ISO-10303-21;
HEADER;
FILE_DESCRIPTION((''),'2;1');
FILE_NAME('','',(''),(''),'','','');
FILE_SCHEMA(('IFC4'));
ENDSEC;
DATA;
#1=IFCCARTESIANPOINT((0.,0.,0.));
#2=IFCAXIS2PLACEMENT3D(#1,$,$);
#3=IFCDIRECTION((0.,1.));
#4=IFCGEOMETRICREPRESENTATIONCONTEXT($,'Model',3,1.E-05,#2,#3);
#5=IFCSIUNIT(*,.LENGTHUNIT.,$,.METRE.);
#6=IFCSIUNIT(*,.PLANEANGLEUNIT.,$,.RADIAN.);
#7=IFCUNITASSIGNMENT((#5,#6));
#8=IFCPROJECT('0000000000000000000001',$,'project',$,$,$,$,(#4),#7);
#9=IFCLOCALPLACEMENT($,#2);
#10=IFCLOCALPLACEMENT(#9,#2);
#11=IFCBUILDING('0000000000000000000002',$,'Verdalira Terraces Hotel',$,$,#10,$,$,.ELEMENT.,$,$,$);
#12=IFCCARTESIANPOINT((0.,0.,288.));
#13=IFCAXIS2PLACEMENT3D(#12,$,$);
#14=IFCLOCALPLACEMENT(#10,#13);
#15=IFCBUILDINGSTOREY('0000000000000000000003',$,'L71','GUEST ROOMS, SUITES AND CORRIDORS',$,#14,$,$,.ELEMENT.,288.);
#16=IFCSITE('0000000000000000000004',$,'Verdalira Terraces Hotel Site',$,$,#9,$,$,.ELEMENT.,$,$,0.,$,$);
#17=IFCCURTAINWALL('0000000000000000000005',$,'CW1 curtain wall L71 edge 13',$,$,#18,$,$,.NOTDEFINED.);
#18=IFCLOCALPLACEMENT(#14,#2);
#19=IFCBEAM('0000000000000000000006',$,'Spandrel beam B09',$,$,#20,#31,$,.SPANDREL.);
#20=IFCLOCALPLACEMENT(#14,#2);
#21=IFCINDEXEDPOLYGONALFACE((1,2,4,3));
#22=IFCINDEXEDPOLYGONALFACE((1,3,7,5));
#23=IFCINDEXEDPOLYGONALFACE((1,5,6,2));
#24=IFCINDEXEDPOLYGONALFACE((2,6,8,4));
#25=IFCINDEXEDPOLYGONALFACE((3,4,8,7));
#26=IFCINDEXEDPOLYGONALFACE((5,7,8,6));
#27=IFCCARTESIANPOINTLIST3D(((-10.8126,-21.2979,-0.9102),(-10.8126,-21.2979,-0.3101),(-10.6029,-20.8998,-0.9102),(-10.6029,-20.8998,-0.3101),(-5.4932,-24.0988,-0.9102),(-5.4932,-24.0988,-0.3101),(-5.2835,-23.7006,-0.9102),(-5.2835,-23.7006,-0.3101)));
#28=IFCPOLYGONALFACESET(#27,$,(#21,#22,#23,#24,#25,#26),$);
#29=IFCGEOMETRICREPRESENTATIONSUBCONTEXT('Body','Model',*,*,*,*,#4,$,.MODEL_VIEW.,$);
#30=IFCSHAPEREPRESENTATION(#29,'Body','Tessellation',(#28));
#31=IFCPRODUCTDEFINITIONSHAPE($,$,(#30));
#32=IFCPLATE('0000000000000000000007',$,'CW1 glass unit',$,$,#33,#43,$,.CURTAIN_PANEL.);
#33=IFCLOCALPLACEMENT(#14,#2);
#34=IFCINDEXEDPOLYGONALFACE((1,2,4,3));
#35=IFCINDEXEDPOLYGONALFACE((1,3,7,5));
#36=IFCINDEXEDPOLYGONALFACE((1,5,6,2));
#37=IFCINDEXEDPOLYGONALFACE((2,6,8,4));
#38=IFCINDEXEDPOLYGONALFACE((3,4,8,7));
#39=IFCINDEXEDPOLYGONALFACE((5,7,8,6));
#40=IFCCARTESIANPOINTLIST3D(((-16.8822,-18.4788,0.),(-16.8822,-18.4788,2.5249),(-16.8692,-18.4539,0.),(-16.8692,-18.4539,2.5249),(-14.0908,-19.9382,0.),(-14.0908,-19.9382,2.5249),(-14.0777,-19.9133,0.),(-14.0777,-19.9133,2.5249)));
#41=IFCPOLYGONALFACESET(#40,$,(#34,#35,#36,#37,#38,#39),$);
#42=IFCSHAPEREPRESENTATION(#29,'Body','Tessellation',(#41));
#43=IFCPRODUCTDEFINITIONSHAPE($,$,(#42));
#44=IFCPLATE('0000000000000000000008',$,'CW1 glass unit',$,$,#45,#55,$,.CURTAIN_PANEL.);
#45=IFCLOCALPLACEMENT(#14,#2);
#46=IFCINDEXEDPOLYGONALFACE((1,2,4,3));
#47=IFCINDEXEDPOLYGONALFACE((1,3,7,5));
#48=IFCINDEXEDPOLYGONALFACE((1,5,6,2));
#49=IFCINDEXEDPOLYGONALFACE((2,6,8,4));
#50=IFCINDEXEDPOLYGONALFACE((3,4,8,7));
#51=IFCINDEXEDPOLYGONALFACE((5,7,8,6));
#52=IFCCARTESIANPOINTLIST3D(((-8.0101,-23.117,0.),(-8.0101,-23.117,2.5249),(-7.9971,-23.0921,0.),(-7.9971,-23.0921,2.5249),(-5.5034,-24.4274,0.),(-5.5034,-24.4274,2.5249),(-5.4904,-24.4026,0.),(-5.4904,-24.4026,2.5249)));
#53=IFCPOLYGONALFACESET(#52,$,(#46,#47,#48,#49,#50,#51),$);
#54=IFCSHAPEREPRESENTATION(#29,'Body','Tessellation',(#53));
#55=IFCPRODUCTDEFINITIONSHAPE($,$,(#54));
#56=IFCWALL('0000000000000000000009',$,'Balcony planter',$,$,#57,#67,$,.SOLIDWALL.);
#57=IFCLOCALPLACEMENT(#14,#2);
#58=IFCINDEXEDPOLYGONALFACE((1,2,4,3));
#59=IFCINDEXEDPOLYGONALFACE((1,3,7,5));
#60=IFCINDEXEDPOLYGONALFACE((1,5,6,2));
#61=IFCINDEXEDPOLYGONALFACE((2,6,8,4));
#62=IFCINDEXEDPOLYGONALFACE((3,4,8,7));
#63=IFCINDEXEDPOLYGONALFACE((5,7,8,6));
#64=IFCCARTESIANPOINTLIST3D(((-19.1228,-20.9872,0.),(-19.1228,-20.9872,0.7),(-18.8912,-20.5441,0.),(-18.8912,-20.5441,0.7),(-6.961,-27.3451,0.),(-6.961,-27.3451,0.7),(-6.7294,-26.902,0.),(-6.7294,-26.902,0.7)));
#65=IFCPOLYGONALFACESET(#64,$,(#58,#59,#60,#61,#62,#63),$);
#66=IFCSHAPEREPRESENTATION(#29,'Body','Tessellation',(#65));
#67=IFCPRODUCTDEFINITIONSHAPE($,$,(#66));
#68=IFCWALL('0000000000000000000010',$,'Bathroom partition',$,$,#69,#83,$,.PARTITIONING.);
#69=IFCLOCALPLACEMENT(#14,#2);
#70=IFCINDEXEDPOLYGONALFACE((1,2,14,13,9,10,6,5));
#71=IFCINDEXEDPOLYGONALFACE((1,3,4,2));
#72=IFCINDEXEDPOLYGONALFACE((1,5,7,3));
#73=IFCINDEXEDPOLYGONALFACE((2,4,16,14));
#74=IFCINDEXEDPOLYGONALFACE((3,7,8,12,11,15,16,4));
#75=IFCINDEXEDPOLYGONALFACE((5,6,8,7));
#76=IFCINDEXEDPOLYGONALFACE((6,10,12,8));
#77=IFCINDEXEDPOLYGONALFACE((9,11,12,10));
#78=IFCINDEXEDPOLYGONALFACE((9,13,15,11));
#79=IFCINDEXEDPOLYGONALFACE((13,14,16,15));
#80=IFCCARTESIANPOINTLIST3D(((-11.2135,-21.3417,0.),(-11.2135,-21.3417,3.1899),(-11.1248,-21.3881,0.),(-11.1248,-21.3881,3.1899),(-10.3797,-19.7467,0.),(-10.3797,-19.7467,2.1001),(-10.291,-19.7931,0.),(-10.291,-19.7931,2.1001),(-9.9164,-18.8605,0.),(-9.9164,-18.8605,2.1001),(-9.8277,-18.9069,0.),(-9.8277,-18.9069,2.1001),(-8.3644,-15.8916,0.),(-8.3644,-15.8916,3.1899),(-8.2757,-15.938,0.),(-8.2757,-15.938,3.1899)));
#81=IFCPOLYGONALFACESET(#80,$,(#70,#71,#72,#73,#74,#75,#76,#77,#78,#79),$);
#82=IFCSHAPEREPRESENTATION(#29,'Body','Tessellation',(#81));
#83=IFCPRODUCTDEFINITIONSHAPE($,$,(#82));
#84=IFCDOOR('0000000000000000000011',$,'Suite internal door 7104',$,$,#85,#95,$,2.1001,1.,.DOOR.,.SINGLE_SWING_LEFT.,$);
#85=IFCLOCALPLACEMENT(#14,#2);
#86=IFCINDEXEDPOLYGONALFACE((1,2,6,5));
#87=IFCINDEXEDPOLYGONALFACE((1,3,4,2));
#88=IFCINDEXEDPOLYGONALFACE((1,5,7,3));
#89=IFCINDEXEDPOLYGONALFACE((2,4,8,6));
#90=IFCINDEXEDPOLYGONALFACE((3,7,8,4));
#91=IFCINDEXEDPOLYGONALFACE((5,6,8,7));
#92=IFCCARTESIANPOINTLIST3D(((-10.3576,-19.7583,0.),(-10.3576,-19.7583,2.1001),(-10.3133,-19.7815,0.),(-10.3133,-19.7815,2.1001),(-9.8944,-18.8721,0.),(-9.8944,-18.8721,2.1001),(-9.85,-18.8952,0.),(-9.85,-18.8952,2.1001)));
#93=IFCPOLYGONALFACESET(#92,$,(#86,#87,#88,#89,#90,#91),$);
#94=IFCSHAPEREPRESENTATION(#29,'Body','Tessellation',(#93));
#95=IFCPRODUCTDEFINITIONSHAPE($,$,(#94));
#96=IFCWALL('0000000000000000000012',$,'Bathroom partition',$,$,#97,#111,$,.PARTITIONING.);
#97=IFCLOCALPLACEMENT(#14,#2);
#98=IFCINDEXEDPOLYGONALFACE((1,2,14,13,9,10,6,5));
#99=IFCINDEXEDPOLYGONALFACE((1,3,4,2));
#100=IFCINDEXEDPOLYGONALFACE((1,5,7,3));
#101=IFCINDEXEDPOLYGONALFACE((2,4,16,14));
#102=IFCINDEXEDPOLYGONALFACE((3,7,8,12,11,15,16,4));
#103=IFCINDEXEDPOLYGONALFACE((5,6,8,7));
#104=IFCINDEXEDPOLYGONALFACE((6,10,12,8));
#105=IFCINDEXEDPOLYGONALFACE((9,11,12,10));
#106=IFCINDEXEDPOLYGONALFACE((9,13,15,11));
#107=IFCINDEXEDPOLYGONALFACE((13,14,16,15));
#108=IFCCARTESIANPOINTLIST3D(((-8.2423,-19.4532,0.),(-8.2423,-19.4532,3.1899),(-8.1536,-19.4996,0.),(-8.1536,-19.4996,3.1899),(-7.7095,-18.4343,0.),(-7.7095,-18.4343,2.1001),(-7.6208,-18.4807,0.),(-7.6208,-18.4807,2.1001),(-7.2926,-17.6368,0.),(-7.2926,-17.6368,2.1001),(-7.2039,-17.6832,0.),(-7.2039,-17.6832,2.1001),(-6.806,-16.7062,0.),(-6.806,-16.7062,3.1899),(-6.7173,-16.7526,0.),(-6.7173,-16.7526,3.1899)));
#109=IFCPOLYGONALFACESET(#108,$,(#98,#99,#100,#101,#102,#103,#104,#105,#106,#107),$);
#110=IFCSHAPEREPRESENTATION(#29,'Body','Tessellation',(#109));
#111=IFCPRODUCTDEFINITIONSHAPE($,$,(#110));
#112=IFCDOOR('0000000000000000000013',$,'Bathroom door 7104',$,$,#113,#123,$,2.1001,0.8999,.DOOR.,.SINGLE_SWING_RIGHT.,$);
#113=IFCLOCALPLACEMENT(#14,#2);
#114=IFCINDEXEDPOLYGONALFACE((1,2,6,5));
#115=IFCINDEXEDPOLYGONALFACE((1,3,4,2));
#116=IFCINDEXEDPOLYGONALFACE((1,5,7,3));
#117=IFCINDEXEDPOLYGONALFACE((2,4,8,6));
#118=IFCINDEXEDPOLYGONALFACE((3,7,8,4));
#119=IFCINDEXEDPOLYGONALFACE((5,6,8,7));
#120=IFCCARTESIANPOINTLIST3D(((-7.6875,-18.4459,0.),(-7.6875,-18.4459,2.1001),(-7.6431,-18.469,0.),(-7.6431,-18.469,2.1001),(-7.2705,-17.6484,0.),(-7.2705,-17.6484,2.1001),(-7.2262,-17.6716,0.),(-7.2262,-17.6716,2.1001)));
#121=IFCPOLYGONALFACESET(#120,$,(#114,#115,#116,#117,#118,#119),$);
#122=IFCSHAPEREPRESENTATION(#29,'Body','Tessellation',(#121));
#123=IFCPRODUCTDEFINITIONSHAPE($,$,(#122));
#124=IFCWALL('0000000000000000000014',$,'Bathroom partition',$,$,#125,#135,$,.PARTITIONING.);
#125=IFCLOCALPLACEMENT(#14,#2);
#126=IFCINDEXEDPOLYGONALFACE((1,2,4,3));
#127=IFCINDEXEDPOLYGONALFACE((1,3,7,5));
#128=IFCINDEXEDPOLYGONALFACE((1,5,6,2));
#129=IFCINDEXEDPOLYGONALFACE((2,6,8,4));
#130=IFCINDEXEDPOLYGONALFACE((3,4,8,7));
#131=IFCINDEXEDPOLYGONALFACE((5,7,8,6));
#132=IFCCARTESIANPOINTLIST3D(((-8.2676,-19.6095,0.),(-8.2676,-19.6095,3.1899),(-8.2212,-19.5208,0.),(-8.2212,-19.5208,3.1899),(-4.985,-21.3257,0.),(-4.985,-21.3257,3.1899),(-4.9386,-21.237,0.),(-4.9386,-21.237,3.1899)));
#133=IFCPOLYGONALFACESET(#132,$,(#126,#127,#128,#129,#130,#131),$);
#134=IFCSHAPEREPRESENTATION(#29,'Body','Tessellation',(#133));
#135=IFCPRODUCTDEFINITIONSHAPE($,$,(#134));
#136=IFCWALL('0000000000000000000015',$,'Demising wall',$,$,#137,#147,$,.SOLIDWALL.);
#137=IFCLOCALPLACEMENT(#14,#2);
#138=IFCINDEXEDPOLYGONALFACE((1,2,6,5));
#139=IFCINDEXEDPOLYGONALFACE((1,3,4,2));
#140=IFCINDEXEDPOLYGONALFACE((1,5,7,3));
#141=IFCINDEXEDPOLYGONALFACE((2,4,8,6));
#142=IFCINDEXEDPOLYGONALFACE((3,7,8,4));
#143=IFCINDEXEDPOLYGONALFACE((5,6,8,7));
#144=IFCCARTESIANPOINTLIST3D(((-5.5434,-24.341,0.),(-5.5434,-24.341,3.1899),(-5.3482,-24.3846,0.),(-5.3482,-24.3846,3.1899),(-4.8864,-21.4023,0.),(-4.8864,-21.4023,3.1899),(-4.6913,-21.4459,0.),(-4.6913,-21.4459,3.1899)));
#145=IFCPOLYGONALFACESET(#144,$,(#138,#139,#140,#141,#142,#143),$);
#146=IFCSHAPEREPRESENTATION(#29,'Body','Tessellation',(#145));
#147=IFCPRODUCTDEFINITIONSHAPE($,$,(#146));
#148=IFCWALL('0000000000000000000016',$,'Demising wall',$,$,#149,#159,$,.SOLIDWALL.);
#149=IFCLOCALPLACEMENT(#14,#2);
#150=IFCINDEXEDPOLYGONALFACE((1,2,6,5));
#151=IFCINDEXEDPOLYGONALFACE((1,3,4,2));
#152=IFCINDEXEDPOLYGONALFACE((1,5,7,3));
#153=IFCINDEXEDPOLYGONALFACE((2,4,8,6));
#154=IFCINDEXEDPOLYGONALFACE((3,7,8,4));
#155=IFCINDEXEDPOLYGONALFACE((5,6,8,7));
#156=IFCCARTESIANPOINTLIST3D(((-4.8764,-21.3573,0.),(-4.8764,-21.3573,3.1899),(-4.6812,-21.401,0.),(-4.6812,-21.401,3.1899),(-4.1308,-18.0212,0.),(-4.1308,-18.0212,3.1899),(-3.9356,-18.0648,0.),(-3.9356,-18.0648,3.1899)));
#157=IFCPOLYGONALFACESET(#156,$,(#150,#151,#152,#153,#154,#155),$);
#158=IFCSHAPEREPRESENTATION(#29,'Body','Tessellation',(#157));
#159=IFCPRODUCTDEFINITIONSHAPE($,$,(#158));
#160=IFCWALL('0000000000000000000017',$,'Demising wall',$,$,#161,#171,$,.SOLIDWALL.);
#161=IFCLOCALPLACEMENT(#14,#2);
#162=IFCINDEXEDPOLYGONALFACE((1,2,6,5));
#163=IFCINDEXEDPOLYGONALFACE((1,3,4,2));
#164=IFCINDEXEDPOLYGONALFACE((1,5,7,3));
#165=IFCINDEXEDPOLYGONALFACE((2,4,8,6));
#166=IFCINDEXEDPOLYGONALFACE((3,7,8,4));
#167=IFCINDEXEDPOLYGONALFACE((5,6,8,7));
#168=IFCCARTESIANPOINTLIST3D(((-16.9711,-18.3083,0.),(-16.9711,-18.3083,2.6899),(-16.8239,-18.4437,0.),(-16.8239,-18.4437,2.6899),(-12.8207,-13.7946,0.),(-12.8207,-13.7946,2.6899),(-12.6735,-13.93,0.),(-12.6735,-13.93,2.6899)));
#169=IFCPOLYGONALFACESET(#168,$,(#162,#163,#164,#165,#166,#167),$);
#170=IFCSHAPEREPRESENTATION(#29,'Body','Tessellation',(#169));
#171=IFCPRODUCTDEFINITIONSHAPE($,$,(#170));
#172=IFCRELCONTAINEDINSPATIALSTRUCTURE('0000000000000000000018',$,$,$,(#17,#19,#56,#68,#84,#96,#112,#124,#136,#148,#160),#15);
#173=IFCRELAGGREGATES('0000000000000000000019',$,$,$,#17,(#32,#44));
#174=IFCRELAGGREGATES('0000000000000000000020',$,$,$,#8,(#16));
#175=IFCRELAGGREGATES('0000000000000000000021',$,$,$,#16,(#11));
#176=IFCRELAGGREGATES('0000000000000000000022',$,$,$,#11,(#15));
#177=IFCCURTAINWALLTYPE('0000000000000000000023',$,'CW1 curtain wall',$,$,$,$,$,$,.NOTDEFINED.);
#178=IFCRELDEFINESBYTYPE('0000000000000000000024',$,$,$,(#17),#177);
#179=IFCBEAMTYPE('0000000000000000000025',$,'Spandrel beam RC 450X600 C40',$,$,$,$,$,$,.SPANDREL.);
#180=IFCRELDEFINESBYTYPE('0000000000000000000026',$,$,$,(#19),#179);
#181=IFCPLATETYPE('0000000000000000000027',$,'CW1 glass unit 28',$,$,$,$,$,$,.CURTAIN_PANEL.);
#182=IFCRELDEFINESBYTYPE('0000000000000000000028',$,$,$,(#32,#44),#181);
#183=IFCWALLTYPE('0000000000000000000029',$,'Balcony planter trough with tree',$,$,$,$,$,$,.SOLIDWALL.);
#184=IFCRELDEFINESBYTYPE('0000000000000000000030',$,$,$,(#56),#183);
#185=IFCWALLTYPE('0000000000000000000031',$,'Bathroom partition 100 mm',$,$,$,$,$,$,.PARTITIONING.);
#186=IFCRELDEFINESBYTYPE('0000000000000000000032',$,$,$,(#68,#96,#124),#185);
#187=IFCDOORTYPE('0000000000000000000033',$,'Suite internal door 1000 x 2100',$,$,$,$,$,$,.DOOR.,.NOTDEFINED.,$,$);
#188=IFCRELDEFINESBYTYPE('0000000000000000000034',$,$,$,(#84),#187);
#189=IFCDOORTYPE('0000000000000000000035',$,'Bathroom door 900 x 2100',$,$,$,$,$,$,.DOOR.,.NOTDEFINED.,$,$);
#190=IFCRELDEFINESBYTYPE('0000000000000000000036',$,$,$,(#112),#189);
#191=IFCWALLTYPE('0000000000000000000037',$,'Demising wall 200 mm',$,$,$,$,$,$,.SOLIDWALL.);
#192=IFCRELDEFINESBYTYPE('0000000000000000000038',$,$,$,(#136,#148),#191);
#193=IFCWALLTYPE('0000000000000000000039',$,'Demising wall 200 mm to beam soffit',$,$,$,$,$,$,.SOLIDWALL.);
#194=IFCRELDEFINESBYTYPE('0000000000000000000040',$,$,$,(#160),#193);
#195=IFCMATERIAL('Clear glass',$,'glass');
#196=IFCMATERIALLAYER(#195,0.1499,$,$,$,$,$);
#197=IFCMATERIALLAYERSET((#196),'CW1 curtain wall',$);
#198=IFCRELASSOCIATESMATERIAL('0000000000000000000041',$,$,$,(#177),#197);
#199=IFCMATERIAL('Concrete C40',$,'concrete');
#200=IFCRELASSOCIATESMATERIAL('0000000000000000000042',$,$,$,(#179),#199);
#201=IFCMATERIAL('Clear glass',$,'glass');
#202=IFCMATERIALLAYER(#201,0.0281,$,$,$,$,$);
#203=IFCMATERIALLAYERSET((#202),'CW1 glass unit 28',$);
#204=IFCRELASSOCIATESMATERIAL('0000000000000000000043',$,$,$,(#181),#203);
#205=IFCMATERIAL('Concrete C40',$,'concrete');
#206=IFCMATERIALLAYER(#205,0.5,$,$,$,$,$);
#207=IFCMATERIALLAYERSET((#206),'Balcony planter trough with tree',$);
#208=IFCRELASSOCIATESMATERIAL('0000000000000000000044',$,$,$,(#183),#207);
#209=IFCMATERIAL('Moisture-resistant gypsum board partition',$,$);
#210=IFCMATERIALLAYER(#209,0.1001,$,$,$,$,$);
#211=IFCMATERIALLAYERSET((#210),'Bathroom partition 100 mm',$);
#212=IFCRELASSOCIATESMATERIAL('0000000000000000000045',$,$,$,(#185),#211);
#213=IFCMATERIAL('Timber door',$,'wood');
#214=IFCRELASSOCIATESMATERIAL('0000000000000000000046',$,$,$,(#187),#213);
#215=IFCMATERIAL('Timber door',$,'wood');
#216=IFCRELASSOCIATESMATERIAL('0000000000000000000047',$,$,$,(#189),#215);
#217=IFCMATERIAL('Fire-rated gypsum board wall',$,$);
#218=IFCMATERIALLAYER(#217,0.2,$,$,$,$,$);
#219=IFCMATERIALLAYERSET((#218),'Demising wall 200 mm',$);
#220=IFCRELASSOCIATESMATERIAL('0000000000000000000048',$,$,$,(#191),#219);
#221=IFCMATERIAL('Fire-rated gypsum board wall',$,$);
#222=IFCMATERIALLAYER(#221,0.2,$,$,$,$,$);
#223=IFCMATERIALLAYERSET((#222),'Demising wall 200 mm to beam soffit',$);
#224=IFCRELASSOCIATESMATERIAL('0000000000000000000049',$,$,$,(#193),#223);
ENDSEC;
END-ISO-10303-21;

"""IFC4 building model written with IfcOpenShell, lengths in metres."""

from ifc_helpers import new_model, si_unit, direction, frame, frame_2d, origin, origin_2d, place, context, subcontext, project, spatial, rectangle, extrude, material, layer, layer_set, material_profile, profile_set, type_object, element, fill, aggregate, save


model = new_model("IFC4")

# Units and contexts
model_context = context("Model", 3, precision=1e-05, world=origin(), true_north=direction((0.0, 1.0)))
body_context = subcontext(model_context, "Body", "Model", "MODEL_VIEW")
ifc_project = project(units=[si_unit("LENGTHUNIT", "METRE"), si_unit("PLANEANGLEUNIT", "RADIAN")], contexts=[model_context])

# Site, building, storey
site_placement = place(None, origin())
site = spatial("IfcSite", under=ifc_project, at=site_placement, Name="Verdalira Terraces Hotel Site", CompositionType="ELEMENT", RefElevation=0.0)
building_placement = place(site_placement, origin())
building = spatial("IfcBuilding", under=site, at=building_placement, Name="Verdalira Terraces Hotel", CompositionType="ELEMENT")
storey_placement = place(building_placement, frame((0.0, 0.0, 288.0)))
storey = spatial("IfcBuildingStorey", under=building, at=storey_placement, Name="L71", Description="GUEST ROOMS, SUITES AND CORRIDORS", CompositionType="ELEMENT", Elevation=288.0)

# Shared definitions
ifc_material_1 = material(Name="Clear glass", Category="glass")
ifc_layer_1 = layer(ifc_material_1, 0.1499)
ifc_layer_set_1 = layer_set([ifc_layer_1], Name="CW1 curtain wall")
curtain_wall_type = type_object("IfcCurtainWallType", Name="CW1 curtain wall", PredefinedType="NOTDEFINED", material=ifc_layer_set_1)

# Curtain wall
curtain_wall_1_placement = place(storey_placement, origin())
curtain_wall_1 = element("IfcCurtainWall", 1, at=curtain_wall_1_placement, inside=storey, type_object=curtain_wall_type, Name="CW1 curtain wall L71 edge 13", PredefinedType="NOTDEFINED")

# Beam
ifc_material_2 = material(Name="Concrete C40", Category="concrete")
ifc_material_profile_1 = material_profile(ifc_material_2, rectangle(XDim=0.45, YDim=0.6001, at=origin_2d()), Name="RC 450X600")
ifc_profile_set_1 = profile_set([ifc_material_profile_1], Name="Concrete C40")
beam_type_1 = type_object("IfcBeamType", Name="Spandrel beam RC 450X600 C40", PredefinedType="SPANDREL", material=ifc_profile_set_1)
beam_1_placement = place(storey_placement, frame((-10.7078, -21.0989, -0.6101), z_axis=(0.884841, -0.465894, 0.0), x_axis=(0.465894, 0.884841, 0.0)))
element("IfcBeam", 2, at=beam_1_placement, inside=storey, type_object=beam_type_1, Name="Spandrel beam B09", PredefinedType="SPANDREL", context=body_context, shape_type="SweptSolid", body=[
    extrude(rectangle(XDim=0.45, YDim=0.6001, at=origin_2d()), origin(), (0.0, 0.0, 1.0), 6.0117),
])

# Plates
ifc_material_3 = material(Name="Clear glass", Category="glass")
ifc_layer_2 = layer(ifc_material_3, 0.0281)
ifc_layer_set_2 = layer_set([ifc_layer_2], Name="CW1 glass unit 28")
plate_type = type_object("IfcPlateType", Name="CW1 glass unit 28", PredefinedType="CURTAIN_PANEL", material=ifc_layer_set_2)
plate_1_placement = place(storey_placement, frame((-15.48, -19.196, 0.0), z_axis=(0.0, 0.0, 1.0), x_axis=(0.886204, -0.463296, 0.0)))
plate_1 = element("IfcPlate", 3, at=plate_1_placement, type_object=plate_type, Name="CW1 glass unit", PredefinedType="CURTAIN_PANEL", context=body_context, shape_type="SweptSolid", body=[
    extrude(rectangle(XDim=3.1499, YDim=0.0281, at=origin_2d()), origin(), (0.0, 0.0, 1.0), 2.5249),
])
plate_2_placement = place(storey_placement, frame((-6.7502, -23.7598, 0.0), z_axis=(0.0, 0.0, 1.0), x_axis=(0.886204, -0.463296, 0.0)))
plate_2 = element("IfcPlate", 4, at=plate_2_placement, type_object=plate_type, Name="CW1 glass unit", PredefinedType="CURTAIN_PANEL", context=body_context, shape_type="SweptSolid", body=[
    extrude(rectangle(XDim=2.8286, YDim=0.0281, at=origin_2d()), origin(), (0.0, 0.0, 1.0), 2.5249),
])
aggregate(curtain_wall_1, [plate_1, plate_2])

# Wall
ifc_material_4 = material(Name="Concrete C40", Category="concrete")
ifc_layer_3 = layer(ifc_material_4, 0.5)
ifc_layer_set_3 = layer_set([ifc_layer_3], Name="Balcony planter trough with tree")
wall_type_1 = type_object("IfcWallType", Name="Balcony planter trough with tree", PredefinedType="SOLIDWALL", material=ifc_layer_set_3)
wall_1_placement = place(storey_placement, frame((-19.0071, -20.7656, 0.0), z_axis=(0.0, 0.0, 1.0), x_axis=(0.886208, -0.463287, 0.0)))
element("IfcWall", 5, at=wall_1_placement, inside=storey, type_object=wall_type_1, Name="Balcony planter", PredefinedType="SOLIDWALL", context=body_context, shape_type="SweptSolid", body=[
    extrude(rectangle(XDim=13.7234, YDim=0.5, at=frame_2d((6.8618, 0.0))), origin(), (0.0, 0.0, 1.0), 0.7),
])

# Walls, openings, doors
ifc_material_5 = material(Name="Moisture-resistant gypsum board partition")
ifc_layer_4 = layer(ifc_material_5, 0.1001)
ifc_layer_set_4 = layer_set([ifc_layer_4], Name="Bathroom partition 100 mm")
wall_type_2 = type_object("IfcWallType", Name="Bathroom partition 100 mm", PredefinedType="PARTITIONING", material=ifc_layer_set_4)
wall_2_placement = place(storey_placement, frame((-8.3201, -15.9148, 0.0), z_axis=(0.0, 0.0, 1.0), x_axis=(-0.463274, -0.886215, 0.0)))
wall_2 = element("IfcWall", 6, at=wall_2_placement, inside=storey, type_object=wall_type_2, Name="Bathroom partition", PredefinedType="PARTITIONING", context=body_context, shape_type="SweptSolid", body=[
    extrude(rectangle(XDim=6.1499, YDim=0.1001, at=frame_2d((3.075, 0.0))), origin(), (0.0, 0.0, 1.0), 3.1899),
])
opening_1_placement = place(wall_2_placement, frame((3.3501, 0.0, 0.0)))
opening_1 = element("IfcOpeningElement", 7, at=opening_1_placement, cuts=wall_2, PredefinedType="OPENING", context=body_context, shape_type="SweptSolid", body=[
    extrude(rectangle(XDim=1.0, YDim=2.1001, at=frame_2d((0.5, 1.05))), frame((0.0, 0.0601, 0.0), z_axis=(0.0, -1.0, 0.0), x_axis=(1.0, 0.0, 0.0)), (0.0, 0.0, 1.0), 0.1201),
])
ifc_material_6 = material(Name="Timber door", Category="wood")
door_type_1 = type_object("IfcDoorType", Name="Suite internal door 1000 x 2100", OperationType="NOTDEFINED", PredefinedType="DOOR", material=ifc_material_6)
door_1_placement = place(opening_1_placement, origin())
door_1 = element("IfcDoor", 8, at=door_1_placement, inside=storey, type_object=door_type_1, Name="Suite internal door 7104", OperationType="SINGLE_SWING_LEFT", OverallHeight=2.1001, OverallWidth=1.0, PredefinedType="DOOR", context=body_context, shape_type="SweptSolid", body=[
    extrude(rectangle(XDim=1.0, YDim=2.1001, at=frame_2d((0.5, 1.05))), frame((0.0, 0.0249, 0.0), z_axis=(0.0, -1.0, 0.0), x_axis=(1.0, 0.0, 0.0)), (0.0, 0.0, 1.0), 0.05),
])
fill(opening_1, door_1)
wall_3_placement = place(storey_placement, frame((-6.7617, -16.7295, 0.0), z_axis=(0.0, 0.0, 1.0), x_axis=(-0.463333, -0.886184, 0.0)))
wall_3 = element("IfcWall", 9, at=wall_3_placement, inside=storey, type_object=wall_type_2, Name="Bathroom partition", PredefinedType="PARTITIONING", context=body_context, shape_type="SweptSolid", body=[
    extrude(rectangle(XDim=3.0999, YDim=0.1001, at=frame_2d((1.5498, 0.0))), origin(), (0.0, 0.0, 1.0), 3.1899),
])
opening_2_placement = place(wall_3_placement, frame((1.05, 0.0, 0.0)))
opening_2 = element("IfcOpeningElement", 10, at=opening_2_placement, cuts=wall_3, PredefinedType="OPENING", context=body_context, shape_type="SweptSolid", body=[
    extrude(rectangle(XDim=0.8999, YDim=2.1001, at=frame_2d((0.45, 1.05))), frame((0.0, 0.0601, 0.0), z_axis=(0.0, -1.0, 0.0), x_axis=(1.0, 0.0, 0.0)), (0.0, 0.0, 1.0), 0.1201),
])
ifc_material_7 = material(Name="Timber door", Category="wood")
door_type_2 = type_object("IfcDoorType", Name="Bathroom door 900 x 2100", OperationType="NOTDEFINED", PredefinedType="DOOR", material=ifc_material_7)
door_2_placement = place(opening_2_placement, origin())
door_2 = element("IfcDoor", 11, at=door_2_placement, inside=storey, type_object=door_type_2, Name="Bathroom door 7104", OperationType="SINGLE_SWING_RIGHT", OverallHeight=2.1001, OverallWidth=0.8999, PredefinedType="DOOR", context=body_context, shape_type="SweptSolid", body=[
    extrude(rectangle(XDim=0.8999, YDim=2.1001, at=frame_2d((0.45, 1.05))), frame((0.0, 0.0249, 0.0), z_axis=(0.0, -1.0, 0.0), x_axis=(1.0, 0.0, 0.0)), (0.0, 0.0, 1.0), 0.05),
])
fill(opening_2, door_2)

# Walls
wall_4_placement = place(storey_placement, frame((-8.2444, -19.5652, 0.0), z_axis=(0.0, 0.0, 1.0), x_axis=(0.8862, -0.463302, 0.0)))
element("IfcWall", 12, at=wall_4_placement, inside=storey, type_object=wall_type_2, Name="Bathroom partition", PredefinedType="PARTITIONING", context=body_context, shape_type="SweptSolid", body=[
    extrude(rectangle(XDim=3.7041, YDim=0.1001, at=frame_2d((1.8521, 0.0))), origin(), (0.0, 0.0, 1.0), 3.1899),
])
ifc_material_8 = material(Name="Fire-rated gypsum board wall")
ifc_layer_5 = layer(ifc_material_8, 0.2)
ifc_layer_set_5 = layer_set([ifc_layer_5], Name="Demising wall 200 mm")
wall_type_3 = type_object("IfcWallType", Name="Demising wall 200 mm", PredefinedType="SOLIDWALL", material=ifc_layer_set_5)
wall_5_placement = place(storey_placement, frame((-5.4458, -24.3628, 0.0), z_axis=(0.0, 0.0, 1.0), x_axis=(0.218175, 0.97591, 0.0)))
element("IfcWall", 13, at=wall_5_placement, inside=storey, type_object=wall_type_3, Name="Demising wall", PredefinedType="SOLIDWALL", context=body_context, shape_type="SweptSolid", body=[
    extrude(rectangle(XDim=3.0112, YDim=0.2, at=frame_2d((1.5056, 0.0))), origin(), (0.0, 0.0, 1.0), 3.1899),
])
wall_6_placement = place(storey_placement, frame((-4.7788, -21.3791, 0.0), z_axis=(0.0, 0.0, 1.0), x_axis=(0.21811, 0.975924, 0.0)))
element("IfcWall", 14, at=wall_6_placement, inside=storey, type_object=wall_type_3, Name="Demising wall", PredefinedType="SOLIDWALL", context=body_context, shape_type="SweptSolid", body=[
    extrude(rectangle(XDim=3.4185, YDim=0.2, at=frame_2d((1.7092, 0.0))), origin(), (0.0, 0.0, 1.0), 3.1899),
])
ifc_material_9 = material(Name="Fire-rated gypsum board wall")
ifc_layer_6 = layer(ifc_material_9, 0.2)
ifc_layer_set_6 = layer_set([ifc_layer_6], Name="Demising wall 200 mm to beam soffit")
wall_type_4 = type_object("IfcWallType", Name="Demising wall 200 mm to beam soffit", PredefinedType="SOLIDWALL", material=ifc_layer_set_6)
wall_7_placement = place(storey_placement, frame((-12.7471, -13.8623, 0.0), z_axis=(0.0, 0.0, 1.0), x_axis=(-0.676863, -0.736109, 0.0)))
element("IfcWall", 15, at=wall_7_placement, inside=storey, type_object=wall_type_4, Name="Demising wall", PredefinedType="SOLIDWALL", context=body_context, shape_type="SweptSolid", body=[
    extrude(rectangle(XDim=6.1318, YDim=0.2, at=frame_2d((3.0659, 0.0))), origin(), (0.0, 0.0, 1.0), 2.6899),
])

save(model, "model.ifc")
